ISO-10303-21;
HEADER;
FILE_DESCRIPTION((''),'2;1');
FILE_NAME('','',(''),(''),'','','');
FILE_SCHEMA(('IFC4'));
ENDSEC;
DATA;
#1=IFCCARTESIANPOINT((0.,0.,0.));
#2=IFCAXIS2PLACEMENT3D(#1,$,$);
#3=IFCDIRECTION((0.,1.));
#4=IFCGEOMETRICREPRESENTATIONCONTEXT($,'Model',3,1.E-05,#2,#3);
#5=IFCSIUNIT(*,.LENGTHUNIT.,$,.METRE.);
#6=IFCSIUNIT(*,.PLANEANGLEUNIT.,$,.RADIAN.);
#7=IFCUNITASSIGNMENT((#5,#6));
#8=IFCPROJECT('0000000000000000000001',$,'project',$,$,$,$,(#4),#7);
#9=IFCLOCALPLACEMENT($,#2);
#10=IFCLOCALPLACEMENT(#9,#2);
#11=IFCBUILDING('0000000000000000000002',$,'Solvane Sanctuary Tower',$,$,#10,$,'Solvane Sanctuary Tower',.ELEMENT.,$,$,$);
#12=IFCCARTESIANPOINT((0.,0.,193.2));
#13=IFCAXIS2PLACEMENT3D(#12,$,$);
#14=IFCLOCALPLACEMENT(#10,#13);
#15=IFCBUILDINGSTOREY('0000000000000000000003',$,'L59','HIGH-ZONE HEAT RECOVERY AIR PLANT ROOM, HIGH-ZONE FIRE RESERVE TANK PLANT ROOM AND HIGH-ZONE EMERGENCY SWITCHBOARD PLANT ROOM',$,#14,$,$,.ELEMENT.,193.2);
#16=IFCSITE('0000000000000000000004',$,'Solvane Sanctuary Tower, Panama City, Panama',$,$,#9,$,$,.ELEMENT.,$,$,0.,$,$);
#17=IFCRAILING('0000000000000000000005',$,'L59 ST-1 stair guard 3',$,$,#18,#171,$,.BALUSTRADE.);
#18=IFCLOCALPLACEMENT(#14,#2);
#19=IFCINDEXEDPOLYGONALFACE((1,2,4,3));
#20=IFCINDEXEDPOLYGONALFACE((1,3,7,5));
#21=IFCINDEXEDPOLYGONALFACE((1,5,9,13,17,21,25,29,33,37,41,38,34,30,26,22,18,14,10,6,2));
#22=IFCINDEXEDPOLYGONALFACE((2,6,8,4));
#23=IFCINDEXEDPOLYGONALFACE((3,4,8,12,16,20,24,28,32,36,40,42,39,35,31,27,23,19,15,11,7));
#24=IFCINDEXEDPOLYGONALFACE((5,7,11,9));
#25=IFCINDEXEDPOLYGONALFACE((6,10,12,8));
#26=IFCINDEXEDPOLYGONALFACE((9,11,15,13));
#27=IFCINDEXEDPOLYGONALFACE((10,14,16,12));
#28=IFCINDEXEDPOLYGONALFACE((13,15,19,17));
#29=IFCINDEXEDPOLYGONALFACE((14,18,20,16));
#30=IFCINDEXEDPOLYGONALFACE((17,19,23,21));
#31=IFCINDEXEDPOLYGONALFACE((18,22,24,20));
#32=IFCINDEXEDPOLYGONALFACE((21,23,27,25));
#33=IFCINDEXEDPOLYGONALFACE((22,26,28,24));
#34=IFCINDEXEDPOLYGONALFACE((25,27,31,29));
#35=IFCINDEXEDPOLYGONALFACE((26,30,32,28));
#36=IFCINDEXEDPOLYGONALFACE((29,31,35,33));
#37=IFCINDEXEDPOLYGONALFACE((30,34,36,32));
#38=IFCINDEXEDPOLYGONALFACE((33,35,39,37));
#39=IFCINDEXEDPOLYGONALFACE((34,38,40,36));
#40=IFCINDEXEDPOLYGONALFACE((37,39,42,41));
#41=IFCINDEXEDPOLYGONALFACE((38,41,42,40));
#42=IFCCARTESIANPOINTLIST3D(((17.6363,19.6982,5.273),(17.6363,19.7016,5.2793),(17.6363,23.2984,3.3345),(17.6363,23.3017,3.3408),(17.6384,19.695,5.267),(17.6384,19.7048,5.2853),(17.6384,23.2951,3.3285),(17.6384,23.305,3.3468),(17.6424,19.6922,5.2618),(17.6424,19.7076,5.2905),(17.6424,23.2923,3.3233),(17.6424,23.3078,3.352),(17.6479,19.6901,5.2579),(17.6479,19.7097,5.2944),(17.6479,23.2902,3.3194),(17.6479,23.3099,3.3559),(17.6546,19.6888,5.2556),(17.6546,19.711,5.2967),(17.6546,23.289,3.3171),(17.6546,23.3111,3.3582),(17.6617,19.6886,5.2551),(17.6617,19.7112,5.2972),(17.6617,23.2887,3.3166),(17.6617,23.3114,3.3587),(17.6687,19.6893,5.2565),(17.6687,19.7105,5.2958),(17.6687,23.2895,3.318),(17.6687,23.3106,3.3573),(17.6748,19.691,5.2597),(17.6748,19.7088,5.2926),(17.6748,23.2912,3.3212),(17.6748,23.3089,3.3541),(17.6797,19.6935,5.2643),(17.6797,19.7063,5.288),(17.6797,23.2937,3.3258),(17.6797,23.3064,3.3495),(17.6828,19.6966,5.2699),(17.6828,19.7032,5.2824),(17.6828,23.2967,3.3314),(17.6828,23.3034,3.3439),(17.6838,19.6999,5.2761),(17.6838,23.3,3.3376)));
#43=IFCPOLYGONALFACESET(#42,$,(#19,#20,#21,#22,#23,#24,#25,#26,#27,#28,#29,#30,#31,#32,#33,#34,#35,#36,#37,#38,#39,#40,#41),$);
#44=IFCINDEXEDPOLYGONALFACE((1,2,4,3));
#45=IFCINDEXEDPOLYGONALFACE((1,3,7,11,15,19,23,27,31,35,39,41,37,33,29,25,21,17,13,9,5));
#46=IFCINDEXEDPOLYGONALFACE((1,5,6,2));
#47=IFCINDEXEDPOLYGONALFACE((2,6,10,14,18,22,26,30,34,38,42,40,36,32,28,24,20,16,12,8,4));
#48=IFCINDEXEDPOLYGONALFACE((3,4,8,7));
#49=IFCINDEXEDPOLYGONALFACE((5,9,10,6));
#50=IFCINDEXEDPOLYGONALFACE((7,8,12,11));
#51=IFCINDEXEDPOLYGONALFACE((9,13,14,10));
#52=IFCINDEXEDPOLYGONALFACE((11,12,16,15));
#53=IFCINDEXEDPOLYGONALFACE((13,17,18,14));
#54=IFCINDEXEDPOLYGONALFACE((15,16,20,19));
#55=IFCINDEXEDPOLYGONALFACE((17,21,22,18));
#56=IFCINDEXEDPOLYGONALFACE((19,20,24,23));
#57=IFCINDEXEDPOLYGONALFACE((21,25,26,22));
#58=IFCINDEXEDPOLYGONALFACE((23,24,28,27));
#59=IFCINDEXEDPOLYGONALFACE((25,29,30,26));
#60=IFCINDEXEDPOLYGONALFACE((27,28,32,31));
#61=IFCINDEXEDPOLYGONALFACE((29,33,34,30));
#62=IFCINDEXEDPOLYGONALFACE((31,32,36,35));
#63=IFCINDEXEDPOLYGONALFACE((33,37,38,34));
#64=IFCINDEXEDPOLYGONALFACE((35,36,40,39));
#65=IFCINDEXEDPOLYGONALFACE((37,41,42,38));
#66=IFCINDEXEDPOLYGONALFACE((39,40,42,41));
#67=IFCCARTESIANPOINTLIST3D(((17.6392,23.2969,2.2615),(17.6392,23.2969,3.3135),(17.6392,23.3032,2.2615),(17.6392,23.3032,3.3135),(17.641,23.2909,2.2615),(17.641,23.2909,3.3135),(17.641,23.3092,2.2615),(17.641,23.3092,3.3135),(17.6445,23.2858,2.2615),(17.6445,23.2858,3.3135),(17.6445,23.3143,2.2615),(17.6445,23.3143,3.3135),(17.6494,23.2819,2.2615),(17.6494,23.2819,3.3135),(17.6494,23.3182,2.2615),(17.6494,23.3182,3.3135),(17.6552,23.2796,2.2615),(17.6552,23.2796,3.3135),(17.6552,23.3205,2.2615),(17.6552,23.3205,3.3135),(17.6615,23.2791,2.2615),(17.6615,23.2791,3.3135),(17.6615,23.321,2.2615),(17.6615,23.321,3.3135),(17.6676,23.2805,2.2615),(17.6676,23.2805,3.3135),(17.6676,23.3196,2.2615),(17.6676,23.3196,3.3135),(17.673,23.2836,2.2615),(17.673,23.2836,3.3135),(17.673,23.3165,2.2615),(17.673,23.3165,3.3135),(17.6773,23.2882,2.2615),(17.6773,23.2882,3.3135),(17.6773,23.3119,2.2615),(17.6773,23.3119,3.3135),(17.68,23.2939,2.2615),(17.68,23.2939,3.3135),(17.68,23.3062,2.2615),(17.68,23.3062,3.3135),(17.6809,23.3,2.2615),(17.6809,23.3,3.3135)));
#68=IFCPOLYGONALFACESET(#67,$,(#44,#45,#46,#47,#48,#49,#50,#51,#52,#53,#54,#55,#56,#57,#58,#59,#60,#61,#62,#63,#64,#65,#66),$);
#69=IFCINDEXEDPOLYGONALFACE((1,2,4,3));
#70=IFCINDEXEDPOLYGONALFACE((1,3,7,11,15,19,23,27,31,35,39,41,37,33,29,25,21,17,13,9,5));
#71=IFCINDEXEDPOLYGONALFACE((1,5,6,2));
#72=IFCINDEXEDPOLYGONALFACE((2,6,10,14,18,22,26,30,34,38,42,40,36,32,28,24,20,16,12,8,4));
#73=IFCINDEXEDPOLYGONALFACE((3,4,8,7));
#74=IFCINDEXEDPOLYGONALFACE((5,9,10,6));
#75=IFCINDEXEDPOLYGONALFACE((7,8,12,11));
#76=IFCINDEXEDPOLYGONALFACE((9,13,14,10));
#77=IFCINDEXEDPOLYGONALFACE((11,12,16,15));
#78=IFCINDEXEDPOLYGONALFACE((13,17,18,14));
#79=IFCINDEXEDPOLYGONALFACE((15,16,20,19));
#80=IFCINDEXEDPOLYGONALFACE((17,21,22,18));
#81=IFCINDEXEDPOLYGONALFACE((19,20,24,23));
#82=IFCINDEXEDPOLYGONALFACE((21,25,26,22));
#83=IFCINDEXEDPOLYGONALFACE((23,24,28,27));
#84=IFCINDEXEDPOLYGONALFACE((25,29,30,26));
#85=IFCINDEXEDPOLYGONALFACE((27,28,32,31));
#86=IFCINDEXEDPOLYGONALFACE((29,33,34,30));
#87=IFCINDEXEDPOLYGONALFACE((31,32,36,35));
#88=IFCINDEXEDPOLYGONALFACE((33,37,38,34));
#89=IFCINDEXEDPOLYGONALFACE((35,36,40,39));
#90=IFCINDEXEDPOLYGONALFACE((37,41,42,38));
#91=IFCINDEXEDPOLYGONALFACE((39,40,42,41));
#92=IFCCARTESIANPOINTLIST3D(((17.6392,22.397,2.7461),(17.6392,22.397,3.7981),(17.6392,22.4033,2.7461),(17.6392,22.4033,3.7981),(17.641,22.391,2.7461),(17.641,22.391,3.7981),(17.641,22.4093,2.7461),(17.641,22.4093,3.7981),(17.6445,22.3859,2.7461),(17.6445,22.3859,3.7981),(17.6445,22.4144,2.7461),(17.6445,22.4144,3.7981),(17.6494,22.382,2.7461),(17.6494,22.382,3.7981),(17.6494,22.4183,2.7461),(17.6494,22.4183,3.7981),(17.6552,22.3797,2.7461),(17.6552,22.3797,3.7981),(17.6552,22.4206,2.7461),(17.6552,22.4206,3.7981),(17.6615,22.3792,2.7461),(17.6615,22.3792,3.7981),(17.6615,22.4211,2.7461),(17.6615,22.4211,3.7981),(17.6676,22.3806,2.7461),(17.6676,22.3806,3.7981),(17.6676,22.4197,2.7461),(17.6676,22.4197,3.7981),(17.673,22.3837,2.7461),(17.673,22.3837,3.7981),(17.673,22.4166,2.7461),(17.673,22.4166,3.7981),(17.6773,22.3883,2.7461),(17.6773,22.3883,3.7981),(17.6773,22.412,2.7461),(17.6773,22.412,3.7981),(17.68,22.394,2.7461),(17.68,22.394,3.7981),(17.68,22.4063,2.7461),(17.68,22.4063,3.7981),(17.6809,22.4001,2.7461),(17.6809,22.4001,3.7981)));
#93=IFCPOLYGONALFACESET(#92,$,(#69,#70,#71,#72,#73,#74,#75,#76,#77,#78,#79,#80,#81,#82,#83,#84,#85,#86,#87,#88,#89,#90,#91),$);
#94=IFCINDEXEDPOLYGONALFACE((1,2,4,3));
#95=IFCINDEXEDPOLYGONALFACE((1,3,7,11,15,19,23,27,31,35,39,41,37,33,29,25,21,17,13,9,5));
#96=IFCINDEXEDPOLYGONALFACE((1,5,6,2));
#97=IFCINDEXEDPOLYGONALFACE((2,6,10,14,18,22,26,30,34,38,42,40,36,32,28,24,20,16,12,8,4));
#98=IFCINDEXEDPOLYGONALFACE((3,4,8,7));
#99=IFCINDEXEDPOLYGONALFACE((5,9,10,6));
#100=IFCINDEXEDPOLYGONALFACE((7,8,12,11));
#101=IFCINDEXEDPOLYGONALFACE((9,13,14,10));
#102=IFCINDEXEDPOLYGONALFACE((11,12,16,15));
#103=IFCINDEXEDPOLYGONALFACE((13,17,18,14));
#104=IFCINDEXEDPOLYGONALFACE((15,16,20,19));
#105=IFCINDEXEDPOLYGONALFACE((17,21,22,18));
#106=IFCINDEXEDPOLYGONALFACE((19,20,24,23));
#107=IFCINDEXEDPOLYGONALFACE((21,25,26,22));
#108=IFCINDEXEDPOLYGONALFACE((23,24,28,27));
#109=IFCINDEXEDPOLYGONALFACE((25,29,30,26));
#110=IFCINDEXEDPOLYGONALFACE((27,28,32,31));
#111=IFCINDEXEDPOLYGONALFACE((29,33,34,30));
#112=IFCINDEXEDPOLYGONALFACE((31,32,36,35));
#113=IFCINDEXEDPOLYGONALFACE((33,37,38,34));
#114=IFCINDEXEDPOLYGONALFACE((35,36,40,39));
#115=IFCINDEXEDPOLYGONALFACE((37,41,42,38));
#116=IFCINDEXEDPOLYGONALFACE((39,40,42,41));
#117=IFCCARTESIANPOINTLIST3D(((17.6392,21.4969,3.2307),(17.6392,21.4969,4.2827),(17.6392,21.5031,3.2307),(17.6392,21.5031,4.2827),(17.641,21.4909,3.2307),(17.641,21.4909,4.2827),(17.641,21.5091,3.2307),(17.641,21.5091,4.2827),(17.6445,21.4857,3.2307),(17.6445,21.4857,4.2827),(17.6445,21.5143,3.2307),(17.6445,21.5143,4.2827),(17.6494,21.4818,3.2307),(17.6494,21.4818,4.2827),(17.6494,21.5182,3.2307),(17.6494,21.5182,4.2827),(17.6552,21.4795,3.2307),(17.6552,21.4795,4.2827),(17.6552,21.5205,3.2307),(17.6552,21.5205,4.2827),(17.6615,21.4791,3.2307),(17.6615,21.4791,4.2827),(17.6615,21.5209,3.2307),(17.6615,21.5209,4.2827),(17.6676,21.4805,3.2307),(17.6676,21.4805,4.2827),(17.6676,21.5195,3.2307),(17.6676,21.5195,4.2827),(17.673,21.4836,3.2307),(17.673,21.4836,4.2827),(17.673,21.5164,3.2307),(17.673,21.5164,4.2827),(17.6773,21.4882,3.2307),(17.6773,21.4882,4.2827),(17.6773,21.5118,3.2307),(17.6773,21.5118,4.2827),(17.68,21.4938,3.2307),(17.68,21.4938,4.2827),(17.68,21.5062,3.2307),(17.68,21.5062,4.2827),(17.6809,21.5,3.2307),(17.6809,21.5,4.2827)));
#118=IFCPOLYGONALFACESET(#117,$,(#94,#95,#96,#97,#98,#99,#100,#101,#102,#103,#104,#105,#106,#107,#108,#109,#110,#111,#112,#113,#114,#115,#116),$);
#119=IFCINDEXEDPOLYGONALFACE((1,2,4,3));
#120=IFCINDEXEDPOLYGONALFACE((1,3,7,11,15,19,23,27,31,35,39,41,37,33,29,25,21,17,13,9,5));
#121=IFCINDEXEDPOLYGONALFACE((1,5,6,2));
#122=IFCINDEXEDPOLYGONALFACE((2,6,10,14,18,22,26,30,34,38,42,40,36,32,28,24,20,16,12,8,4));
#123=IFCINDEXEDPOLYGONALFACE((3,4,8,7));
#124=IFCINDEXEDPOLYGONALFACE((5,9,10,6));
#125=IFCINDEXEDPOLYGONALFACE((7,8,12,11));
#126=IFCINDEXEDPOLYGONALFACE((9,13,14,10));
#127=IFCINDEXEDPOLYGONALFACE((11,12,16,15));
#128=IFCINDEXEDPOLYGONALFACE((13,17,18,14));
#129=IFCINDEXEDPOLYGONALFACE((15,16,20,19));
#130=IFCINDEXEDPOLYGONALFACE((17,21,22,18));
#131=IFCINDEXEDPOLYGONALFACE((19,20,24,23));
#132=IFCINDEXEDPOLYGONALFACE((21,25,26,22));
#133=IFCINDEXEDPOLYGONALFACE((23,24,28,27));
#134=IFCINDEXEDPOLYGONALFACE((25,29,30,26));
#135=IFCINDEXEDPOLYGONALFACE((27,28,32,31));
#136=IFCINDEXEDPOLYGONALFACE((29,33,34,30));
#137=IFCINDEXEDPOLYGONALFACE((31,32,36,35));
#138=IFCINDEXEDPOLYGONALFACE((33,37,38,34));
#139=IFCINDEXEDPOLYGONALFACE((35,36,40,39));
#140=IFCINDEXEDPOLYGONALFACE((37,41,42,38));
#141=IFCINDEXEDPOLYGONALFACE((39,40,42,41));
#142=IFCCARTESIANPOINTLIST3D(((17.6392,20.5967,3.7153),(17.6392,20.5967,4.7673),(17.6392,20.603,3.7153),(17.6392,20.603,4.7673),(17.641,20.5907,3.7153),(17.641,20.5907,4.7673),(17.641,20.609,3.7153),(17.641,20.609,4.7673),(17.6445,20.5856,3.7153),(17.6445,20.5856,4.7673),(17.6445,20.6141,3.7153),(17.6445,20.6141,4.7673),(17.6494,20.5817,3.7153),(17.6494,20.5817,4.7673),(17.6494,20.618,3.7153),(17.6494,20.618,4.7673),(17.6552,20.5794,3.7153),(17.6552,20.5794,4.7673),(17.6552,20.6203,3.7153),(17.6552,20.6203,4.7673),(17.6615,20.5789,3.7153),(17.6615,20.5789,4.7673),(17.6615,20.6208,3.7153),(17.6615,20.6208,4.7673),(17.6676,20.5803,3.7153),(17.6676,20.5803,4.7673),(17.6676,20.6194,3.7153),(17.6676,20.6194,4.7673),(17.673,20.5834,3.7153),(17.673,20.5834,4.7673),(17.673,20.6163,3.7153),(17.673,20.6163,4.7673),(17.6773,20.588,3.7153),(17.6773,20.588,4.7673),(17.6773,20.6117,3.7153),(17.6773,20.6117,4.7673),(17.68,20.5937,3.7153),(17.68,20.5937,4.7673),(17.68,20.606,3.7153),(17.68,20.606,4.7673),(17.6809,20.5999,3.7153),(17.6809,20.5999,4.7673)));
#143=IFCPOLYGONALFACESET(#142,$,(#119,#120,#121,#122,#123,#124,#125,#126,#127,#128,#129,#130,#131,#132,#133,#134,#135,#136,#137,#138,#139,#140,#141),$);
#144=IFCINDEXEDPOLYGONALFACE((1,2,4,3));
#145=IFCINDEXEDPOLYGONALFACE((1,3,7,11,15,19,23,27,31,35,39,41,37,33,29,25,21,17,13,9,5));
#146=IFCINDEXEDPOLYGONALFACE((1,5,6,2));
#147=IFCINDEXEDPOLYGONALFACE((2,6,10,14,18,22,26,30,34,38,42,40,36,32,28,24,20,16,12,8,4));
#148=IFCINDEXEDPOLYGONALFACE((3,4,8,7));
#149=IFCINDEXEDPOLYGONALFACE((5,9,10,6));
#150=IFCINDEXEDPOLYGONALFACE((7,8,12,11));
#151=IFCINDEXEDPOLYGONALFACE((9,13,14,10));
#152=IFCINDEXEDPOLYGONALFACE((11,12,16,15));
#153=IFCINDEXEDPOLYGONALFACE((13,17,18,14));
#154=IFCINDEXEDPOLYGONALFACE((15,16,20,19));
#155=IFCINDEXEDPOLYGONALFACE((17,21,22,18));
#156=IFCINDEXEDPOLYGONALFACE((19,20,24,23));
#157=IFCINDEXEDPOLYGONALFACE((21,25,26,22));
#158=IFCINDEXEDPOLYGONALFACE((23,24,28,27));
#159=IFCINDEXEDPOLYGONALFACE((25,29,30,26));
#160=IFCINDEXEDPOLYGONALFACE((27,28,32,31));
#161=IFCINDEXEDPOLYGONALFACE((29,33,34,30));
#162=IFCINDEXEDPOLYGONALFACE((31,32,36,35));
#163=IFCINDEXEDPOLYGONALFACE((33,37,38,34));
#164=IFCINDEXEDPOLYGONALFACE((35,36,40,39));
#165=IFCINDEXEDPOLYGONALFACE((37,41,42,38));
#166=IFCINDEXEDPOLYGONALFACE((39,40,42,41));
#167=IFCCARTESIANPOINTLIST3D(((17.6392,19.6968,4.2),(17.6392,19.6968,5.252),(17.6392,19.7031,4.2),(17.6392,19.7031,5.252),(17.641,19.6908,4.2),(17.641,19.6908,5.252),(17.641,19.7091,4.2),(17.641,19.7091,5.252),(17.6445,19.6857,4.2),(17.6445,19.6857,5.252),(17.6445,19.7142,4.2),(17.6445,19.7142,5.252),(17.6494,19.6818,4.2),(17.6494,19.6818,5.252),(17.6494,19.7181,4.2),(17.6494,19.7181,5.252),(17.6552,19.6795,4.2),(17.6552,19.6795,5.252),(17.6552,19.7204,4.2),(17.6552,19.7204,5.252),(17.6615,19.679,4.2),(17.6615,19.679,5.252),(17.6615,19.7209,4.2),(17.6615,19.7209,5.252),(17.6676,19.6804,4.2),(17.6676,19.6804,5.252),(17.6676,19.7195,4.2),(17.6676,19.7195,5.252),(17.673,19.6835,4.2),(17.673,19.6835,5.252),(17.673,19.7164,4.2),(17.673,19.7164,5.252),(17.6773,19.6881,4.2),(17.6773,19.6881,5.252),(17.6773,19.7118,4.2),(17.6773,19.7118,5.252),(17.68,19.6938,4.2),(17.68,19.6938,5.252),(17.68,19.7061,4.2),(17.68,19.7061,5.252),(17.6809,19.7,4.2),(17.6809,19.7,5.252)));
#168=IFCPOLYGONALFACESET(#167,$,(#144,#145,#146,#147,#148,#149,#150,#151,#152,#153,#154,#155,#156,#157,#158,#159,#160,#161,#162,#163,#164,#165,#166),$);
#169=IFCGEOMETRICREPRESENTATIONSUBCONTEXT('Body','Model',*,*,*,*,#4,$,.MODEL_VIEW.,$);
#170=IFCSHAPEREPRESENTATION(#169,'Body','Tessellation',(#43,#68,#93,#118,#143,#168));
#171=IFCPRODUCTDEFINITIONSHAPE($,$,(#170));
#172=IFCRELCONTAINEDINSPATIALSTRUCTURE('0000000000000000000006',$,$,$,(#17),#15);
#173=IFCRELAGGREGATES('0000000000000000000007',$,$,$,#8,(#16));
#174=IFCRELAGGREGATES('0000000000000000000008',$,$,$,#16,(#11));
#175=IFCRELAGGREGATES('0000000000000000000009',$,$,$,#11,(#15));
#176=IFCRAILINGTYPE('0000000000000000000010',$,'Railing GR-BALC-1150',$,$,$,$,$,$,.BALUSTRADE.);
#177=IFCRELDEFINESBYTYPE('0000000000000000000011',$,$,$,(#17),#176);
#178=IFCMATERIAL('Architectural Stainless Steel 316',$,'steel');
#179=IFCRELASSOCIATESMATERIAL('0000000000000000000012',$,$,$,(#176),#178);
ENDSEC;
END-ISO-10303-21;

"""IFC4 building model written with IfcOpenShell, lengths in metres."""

from ifc_helpers import new_model, si_unit, direction, frame, origin, origin_2d, place, context, subcontext, project, spatial, circle, extrude, material, type_object, element, save


model = new_model("IFC4")

# Units and contexts
model_context = context("Model", 3, precision=1e-05, world=origin(), true_north=direction((0.0, 1.0)))
body_context = subcontext(model_context, "Body", "Model", "MODEL_VIEW")
ifc_project = project(units=[si_unit("LENGTHUNIT", "METRE"), si_unit("PLANEANGLEUNIT", "RADIAN")], contexts=[model_context])

# Site, building, storey
site_placement = place(None, origin())
site = spatial("IfcSite", under=ifc_project, at=site_placement, Name="Solvane Sanctuary Tower, Panama City, Panama", CompositionType="ELEMENT", RefElevation=0.0)
building_placement = place(site_placement, origin())
building = spatial("IfcBuilding", under=site, at=building_placement, Name="Solvane Sanctuary Tower", LongName="Solvane Sanctuary Tower", CompositionType="ELEMENT")
storey_placement = place(building_placement, frame((0.0, 0.0, 193.2)))
storey = spatial("IfcBuildingStorey", under=building, at=storey_placement, Name="L59", Description="HIGH-ZONE HEAT RECOVERY AIR PLANT ROOM, HIGH-ZONE FIRE RESERVE TANK PLANT ROOM AND HIGH-ZONE EMERGENCY SWITCHBOARD PLANT ROOM", CompositionType="ELEMENT", Elevation=193.2)

# Shared definitions
ifc_material_1 = material(Name="Architectural Stainless Steel 316", Category="steel")

# Railing
railing_type_1 = type_object("IfcRailingType", Name="Railing GR-BALC-1150", PredefinedType="BALUSTRADE", material=ifc_material_1)
railing_1_placement = place(storey_placement, frame((17.6599, 23.3, 2.2615)))
element("IfcRailing", 1, at=railing_1_placement, inside=storey, type_object=railing_type_1, Name="L59 ST-1 stair guard 3", PredefinedType="BALUSTRADE", context=body_context, shape_type="SweptSolid", body=[
    extrude(circle(Radius=0.0239, at=origin_2d()), frame((0.0, 0.0, 1.0762), z_axis=(0.0, -0.880475, 0.474093), x_axis=(1.0, 0.0, 0.0)), (0.0, 0.0, 1.0), 4.0889),
    extrude(circle(Radius=0.021, at=origin_2d()), origin(), (0.0, 0.0, 1.0), 1.052),
    extrude(circle(Radius=0.021, at=origin_2d()), frame((0.0, -0.8999, 0.4846)), (0.0, 0.0, 1.0), 1.052),
    extrude(circle(Radius=0.021, at=origin_2d()), frame((0.0, -1.8, 0.9692)), (0.0, 0.0, 1.0), 1.052),
    extrude(circle(Radius=0.021, at=origin_2d()), frame((0.0, -2.7002, 1.4539)), (0.0, 0.0, 1.0), 1.052),
    extrude(circle(Radius=0.021, at=origin_2d()), frame((0.0, -3.6001, 1.9385)), (0.0, 0.0, 1.0), 1.052),
])

save(model, "model.ifc")
